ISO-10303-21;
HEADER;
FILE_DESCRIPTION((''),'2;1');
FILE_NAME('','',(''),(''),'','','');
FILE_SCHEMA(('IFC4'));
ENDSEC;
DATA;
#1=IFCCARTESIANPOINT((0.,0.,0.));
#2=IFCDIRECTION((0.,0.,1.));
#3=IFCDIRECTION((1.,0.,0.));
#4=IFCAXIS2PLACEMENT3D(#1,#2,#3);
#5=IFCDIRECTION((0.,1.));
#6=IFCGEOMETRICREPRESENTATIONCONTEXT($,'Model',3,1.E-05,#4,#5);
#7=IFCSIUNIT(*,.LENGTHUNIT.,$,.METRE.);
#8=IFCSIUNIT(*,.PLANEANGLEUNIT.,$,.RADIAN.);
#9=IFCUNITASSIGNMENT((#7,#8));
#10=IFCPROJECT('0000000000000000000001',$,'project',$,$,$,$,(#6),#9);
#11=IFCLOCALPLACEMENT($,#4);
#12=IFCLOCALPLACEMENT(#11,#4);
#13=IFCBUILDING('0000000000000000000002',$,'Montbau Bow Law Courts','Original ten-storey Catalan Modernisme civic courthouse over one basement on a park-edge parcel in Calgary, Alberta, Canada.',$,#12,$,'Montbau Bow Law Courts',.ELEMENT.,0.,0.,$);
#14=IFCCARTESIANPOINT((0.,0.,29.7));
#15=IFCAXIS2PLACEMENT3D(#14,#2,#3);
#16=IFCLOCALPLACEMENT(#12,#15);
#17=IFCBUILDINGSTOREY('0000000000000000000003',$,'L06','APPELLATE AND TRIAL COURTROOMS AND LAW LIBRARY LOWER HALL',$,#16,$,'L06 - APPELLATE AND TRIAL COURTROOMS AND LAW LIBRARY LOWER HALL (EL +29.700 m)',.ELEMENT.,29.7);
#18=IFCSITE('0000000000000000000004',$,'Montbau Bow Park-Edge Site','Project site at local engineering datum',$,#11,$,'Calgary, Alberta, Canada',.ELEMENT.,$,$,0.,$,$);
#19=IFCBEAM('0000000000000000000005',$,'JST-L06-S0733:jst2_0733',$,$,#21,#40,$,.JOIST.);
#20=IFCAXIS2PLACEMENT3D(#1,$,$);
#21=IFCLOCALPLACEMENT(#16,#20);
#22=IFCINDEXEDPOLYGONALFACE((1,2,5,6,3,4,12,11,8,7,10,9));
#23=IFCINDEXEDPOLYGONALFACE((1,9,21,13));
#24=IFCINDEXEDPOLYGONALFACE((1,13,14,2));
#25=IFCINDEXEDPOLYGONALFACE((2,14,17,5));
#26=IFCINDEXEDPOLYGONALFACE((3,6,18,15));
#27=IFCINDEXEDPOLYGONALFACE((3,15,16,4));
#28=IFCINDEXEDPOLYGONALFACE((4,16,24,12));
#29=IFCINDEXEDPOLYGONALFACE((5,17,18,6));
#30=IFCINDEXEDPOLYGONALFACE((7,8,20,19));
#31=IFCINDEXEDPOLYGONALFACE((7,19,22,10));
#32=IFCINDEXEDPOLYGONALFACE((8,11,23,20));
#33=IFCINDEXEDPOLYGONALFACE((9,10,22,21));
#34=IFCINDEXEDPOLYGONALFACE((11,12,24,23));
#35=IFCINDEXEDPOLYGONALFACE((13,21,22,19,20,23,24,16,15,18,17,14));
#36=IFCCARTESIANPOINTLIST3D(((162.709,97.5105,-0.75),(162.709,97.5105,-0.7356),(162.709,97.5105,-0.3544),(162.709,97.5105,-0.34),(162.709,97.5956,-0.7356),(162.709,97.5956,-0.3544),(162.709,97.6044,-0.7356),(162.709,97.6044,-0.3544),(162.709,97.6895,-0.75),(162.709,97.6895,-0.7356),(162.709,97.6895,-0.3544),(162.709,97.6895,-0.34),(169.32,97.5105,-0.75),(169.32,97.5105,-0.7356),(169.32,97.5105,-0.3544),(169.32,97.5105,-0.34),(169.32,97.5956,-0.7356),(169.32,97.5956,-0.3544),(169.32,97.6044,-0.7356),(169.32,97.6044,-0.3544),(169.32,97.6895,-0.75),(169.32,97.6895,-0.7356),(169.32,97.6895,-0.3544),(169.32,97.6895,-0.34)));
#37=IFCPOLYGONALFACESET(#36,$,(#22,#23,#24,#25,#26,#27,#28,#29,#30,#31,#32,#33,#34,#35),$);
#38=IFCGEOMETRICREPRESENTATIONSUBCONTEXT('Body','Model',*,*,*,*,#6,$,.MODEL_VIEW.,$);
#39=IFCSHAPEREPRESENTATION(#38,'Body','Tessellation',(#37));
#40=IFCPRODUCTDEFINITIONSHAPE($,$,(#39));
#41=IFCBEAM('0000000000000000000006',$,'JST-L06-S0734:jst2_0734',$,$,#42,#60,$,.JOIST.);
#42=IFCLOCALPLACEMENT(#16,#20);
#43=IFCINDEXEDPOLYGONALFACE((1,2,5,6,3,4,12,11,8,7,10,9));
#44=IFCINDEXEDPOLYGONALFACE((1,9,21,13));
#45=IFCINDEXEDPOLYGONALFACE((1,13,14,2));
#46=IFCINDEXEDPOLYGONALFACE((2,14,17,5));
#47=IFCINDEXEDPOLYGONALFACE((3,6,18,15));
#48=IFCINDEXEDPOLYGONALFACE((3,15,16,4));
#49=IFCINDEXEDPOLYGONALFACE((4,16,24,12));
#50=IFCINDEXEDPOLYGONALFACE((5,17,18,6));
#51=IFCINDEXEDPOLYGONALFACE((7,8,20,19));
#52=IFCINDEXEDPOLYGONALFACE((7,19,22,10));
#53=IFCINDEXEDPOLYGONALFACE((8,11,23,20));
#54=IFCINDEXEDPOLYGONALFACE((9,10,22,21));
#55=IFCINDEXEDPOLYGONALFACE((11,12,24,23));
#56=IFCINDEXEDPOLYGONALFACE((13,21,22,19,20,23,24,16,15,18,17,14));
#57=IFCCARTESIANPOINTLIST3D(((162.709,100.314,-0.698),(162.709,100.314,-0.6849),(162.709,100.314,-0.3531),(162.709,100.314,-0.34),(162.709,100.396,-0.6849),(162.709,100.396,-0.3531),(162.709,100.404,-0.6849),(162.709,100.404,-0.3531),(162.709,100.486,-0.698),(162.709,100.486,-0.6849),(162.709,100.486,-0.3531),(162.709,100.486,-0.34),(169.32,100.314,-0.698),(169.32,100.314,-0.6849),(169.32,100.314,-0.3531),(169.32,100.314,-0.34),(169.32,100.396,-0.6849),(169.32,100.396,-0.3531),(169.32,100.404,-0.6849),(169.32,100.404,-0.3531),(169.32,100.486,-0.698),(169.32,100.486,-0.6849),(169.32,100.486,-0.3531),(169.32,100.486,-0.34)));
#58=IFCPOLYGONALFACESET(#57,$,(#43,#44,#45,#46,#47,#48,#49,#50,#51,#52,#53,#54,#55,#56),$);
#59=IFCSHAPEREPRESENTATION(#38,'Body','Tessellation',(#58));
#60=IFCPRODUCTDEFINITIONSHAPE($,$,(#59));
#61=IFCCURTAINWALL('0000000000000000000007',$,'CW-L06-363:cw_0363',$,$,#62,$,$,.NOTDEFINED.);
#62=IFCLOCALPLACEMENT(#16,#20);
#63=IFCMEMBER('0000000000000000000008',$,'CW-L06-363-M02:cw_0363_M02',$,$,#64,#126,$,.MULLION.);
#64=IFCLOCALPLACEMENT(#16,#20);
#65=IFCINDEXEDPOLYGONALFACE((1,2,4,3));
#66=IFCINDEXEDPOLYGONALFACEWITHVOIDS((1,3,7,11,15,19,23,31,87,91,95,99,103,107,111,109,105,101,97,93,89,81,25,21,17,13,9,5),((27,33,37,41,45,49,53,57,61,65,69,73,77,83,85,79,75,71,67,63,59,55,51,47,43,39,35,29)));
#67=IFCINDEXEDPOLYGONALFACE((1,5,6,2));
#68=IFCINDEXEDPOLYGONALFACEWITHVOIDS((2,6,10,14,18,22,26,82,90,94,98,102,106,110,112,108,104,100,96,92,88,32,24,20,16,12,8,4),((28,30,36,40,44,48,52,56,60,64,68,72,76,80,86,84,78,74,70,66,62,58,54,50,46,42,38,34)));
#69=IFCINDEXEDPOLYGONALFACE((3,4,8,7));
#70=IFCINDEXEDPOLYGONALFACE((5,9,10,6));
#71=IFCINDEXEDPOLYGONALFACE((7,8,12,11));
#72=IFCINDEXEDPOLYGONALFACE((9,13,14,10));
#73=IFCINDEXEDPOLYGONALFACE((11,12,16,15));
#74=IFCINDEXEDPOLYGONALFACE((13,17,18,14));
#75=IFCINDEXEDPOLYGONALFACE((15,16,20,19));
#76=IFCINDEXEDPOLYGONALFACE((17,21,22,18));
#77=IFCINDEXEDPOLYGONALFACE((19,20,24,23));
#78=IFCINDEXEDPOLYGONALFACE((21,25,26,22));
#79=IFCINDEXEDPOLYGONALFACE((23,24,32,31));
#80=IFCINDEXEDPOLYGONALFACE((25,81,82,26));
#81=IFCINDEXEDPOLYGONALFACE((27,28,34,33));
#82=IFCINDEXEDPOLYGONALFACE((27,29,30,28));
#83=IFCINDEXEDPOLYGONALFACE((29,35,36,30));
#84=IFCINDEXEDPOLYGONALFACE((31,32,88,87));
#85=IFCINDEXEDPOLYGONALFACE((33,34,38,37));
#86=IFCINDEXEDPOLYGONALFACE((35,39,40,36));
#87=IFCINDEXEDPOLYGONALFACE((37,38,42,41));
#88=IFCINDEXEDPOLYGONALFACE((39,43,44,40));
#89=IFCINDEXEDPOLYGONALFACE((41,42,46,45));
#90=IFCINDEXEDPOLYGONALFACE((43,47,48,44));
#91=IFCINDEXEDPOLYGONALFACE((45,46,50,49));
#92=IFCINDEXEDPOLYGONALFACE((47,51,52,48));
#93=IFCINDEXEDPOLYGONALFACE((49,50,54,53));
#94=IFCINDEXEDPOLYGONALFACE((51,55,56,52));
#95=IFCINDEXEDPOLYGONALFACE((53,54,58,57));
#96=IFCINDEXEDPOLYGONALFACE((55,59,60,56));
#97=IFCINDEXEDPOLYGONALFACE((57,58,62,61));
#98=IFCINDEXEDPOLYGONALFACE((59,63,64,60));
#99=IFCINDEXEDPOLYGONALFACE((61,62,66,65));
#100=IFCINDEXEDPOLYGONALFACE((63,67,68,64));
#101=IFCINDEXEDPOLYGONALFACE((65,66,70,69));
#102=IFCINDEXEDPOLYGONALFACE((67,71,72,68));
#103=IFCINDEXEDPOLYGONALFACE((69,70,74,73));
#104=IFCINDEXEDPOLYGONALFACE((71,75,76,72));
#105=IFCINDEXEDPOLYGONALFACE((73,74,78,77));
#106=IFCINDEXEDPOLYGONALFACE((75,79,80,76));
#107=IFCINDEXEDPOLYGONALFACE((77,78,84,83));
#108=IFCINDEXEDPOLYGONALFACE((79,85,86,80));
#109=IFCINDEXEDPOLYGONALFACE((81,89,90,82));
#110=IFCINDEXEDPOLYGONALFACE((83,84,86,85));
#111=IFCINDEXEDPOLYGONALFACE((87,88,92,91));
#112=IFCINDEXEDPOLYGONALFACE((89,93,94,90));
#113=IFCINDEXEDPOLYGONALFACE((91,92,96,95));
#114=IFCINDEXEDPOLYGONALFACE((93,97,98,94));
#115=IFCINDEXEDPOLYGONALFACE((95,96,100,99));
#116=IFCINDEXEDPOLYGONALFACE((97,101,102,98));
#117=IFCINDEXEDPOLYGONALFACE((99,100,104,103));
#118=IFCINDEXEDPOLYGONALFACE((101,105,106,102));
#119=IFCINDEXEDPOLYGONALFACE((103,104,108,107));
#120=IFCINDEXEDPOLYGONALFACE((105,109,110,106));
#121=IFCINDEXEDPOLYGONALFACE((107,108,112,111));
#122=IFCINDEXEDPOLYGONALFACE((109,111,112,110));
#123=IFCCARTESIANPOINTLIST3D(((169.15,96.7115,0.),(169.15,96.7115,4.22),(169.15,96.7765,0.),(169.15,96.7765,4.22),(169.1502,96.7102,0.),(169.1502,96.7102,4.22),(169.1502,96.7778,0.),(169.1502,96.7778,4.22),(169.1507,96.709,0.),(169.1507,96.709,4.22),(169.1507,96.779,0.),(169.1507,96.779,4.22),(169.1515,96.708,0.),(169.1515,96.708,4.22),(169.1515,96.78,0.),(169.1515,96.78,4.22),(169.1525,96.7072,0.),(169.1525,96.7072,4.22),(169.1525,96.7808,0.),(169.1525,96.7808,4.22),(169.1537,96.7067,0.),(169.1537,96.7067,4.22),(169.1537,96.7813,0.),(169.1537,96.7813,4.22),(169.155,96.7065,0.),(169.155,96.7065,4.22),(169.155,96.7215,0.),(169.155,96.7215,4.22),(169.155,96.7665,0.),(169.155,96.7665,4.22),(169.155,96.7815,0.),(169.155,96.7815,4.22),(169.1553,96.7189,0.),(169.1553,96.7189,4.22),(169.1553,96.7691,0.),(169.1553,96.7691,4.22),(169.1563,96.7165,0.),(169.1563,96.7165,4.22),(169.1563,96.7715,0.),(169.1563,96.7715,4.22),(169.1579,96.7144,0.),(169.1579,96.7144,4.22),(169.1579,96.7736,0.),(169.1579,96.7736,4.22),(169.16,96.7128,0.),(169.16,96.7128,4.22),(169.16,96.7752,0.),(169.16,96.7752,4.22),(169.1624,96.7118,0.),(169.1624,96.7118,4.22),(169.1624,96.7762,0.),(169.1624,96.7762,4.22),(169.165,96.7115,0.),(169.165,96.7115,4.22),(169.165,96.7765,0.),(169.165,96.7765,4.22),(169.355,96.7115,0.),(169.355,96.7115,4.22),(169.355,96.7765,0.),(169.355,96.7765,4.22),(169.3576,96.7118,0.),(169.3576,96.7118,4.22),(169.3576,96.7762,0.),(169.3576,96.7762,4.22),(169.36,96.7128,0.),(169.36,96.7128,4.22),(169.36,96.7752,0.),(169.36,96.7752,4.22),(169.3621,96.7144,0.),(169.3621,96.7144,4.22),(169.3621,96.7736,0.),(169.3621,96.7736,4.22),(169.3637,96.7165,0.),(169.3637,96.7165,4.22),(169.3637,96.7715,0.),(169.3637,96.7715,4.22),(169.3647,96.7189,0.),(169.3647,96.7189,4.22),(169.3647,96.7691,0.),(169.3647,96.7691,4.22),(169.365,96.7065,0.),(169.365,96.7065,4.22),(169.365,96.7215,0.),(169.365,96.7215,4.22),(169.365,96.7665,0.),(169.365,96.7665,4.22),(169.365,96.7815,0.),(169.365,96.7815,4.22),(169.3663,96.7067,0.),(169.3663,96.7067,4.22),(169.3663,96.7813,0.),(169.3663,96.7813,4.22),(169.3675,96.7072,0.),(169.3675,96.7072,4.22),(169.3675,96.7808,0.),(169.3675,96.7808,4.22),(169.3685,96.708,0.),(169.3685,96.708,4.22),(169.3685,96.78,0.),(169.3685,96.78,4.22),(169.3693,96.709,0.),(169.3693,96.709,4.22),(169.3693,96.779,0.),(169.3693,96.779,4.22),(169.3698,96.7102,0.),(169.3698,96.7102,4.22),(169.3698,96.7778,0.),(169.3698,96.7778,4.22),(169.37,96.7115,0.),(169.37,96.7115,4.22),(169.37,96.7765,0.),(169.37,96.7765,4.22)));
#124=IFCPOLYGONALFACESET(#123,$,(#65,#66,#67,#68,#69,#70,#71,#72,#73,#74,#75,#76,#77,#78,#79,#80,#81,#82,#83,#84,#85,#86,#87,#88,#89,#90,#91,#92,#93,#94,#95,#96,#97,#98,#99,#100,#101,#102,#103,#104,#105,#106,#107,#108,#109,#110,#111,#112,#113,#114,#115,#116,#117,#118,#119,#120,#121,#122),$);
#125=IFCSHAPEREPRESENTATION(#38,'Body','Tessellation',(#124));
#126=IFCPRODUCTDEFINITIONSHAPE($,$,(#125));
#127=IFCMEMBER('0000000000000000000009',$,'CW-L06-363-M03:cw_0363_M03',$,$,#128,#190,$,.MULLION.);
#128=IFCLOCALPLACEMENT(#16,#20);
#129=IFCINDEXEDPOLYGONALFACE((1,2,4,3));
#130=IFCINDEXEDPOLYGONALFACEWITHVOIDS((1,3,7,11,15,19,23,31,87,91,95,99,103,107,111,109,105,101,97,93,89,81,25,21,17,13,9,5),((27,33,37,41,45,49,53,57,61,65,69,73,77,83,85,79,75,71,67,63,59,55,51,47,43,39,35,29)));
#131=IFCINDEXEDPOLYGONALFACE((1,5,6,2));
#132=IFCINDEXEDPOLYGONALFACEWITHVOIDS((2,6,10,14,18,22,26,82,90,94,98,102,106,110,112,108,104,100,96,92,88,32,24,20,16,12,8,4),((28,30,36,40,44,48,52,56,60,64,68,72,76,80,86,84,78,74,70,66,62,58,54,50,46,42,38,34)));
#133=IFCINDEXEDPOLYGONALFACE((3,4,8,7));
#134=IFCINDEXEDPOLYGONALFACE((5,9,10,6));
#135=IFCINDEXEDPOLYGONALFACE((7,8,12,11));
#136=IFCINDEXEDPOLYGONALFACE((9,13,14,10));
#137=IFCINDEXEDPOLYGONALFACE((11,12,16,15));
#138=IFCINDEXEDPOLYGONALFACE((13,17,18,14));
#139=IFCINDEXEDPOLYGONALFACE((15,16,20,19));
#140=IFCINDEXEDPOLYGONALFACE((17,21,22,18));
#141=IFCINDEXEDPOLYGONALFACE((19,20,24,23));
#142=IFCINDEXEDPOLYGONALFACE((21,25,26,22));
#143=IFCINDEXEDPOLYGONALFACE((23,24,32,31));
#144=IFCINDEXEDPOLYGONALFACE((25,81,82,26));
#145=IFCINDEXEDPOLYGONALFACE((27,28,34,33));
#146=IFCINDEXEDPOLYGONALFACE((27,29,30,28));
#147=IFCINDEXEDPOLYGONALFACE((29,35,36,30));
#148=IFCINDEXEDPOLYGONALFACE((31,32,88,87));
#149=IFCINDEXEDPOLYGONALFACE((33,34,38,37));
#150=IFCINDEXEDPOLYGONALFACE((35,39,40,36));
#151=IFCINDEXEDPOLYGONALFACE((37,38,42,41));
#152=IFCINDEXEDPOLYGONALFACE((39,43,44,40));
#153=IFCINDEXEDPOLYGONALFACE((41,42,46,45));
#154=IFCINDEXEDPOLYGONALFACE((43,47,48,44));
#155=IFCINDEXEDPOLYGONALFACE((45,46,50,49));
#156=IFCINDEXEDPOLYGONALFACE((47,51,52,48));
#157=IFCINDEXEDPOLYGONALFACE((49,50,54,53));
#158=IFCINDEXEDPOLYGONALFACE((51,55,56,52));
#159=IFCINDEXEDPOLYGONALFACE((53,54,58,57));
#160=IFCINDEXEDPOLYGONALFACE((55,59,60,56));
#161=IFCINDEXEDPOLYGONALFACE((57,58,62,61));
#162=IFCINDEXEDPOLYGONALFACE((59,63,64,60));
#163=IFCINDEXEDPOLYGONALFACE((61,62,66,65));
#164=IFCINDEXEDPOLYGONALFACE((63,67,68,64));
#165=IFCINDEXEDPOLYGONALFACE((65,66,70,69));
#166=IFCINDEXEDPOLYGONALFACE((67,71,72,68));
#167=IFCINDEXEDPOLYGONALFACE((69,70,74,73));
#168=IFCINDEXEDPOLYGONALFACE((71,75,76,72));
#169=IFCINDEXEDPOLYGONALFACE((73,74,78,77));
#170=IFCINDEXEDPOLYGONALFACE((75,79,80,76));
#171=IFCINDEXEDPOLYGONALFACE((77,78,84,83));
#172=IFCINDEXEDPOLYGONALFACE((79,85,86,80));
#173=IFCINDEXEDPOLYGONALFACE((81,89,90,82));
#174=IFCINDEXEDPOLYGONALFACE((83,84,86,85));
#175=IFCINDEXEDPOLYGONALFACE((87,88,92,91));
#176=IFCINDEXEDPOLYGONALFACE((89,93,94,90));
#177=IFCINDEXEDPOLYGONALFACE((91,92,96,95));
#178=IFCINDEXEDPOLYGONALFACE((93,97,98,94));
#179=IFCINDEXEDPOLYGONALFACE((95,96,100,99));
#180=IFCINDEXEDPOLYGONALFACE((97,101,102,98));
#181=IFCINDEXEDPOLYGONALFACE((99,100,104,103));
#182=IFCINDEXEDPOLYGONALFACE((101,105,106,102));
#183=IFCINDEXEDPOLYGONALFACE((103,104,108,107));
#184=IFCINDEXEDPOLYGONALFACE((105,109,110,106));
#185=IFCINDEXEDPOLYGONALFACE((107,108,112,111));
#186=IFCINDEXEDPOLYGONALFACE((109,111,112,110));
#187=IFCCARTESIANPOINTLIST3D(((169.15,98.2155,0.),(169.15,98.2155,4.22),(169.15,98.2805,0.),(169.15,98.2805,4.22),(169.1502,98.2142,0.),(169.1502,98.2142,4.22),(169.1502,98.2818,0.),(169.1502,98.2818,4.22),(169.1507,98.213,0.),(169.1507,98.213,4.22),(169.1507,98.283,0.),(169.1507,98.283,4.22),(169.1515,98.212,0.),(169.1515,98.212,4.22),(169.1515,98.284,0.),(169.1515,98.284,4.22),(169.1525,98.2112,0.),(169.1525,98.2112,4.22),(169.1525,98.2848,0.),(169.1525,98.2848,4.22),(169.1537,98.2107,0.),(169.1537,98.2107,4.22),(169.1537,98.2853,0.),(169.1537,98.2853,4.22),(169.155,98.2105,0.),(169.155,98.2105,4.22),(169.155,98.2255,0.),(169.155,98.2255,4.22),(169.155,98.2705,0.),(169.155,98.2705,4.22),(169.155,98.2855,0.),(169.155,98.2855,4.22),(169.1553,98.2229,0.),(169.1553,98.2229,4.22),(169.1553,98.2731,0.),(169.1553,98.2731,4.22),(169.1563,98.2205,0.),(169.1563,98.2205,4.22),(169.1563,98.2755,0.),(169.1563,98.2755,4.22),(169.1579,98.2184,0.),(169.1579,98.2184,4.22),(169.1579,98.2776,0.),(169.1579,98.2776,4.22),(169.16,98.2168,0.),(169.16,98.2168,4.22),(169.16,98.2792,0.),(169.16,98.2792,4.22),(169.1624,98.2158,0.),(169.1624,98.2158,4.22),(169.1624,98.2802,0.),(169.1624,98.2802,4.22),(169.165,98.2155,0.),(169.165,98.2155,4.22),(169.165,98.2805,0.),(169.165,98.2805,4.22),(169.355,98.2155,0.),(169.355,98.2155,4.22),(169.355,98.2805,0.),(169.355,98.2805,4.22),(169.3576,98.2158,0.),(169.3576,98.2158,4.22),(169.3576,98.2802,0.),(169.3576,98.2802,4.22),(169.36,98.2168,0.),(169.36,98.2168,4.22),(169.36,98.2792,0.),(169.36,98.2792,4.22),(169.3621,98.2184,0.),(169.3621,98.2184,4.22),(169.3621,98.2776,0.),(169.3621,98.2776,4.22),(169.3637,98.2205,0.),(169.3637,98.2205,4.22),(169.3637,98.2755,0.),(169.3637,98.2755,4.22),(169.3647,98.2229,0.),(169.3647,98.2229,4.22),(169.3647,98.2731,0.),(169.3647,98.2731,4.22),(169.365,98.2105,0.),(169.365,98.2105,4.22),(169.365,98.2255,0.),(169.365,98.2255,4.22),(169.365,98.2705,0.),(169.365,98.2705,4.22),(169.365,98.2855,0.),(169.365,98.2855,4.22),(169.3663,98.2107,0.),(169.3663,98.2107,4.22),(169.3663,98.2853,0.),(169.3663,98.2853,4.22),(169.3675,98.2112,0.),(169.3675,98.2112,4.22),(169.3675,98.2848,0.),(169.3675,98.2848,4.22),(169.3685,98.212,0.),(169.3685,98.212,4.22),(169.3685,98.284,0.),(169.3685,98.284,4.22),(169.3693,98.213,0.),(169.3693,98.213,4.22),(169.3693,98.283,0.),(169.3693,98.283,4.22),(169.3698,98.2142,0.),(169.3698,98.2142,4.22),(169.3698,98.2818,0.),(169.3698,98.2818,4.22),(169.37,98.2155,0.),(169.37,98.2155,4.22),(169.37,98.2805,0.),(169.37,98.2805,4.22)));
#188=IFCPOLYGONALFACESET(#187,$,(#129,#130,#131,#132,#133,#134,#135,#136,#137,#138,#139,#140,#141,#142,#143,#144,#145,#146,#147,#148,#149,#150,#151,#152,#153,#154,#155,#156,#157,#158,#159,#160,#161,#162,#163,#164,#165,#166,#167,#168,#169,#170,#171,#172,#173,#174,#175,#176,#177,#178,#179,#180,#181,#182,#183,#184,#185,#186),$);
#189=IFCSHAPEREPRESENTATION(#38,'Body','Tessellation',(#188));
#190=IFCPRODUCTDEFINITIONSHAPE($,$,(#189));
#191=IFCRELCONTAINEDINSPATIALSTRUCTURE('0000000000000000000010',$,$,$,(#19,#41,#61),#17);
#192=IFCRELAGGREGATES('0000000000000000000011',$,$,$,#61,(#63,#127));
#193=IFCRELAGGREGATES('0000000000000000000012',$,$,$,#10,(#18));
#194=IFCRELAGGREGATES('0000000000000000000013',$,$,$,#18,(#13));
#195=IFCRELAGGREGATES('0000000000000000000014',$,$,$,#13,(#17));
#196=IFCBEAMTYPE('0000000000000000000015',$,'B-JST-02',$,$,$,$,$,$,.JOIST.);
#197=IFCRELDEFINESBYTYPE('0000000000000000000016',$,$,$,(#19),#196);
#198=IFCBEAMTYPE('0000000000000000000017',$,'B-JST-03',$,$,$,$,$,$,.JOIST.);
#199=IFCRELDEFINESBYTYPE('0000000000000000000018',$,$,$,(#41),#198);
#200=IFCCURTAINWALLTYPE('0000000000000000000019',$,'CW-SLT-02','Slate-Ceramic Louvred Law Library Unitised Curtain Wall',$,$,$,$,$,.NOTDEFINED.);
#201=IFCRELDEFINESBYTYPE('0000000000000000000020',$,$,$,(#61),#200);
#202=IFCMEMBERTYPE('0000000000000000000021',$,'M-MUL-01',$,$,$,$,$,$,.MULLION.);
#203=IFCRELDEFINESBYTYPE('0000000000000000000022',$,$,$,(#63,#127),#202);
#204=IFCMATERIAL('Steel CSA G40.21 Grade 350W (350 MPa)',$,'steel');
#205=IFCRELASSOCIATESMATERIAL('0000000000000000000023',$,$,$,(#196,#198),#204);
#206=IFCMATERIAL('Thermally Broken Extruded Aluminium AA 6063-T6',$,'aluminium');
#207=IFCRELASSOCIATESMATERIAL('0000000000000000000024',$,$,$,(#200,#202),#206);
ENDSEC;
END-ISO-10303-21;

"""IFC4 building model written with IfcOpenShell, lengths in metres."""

from ifc_helpers import new_model, si_unit, direction, frame, origin_with_axes, origin_2d_with_axis, place, context, subcontext, project, spatial, hollow_rectangle, i_section, extrude, material, material_profile, profile_set, type_object, element, aggregate, save


model = new_model("IFC4")

# Units and contexts
model_context = context("Model", 3, precision=1e-05, world=origin_with_axes(), true_north=direction((0.0, 1.0)))
body_context = subcontext(model_context, "Body", "Model", "MODEL_VIEW")
ifc_project = project(units=[si_unit("LENGTHUNIT", "METRE"), si_unit("PLANEANGLEUNIT", "RADIAN")], contexts=[model_context])

# Site, building, storey
site_placement = place(None, origin_with_axes())
site = spatial("IfcSite", under=ifc_project, at=site_placement, Name="Montbau Bow Park-Edge Site", Description="Project site at local engineering datum", LongName="Calgary, Alberta, Canada", CompositionType="ELEMENT", RefElevation=0.0)
building_placement = place(site_placement, origin_with_axes())
building = spatial("IfcBuilding", under=site, at=building_placement, Name="Montbau Bow Law Courts", Description="Original ten-storey Catalan Modernisme civic courthouse over one basement on a park-edge parcel in Calgary, Alberta, Canada.", LongName="Montbau Bow Law Courts", CompositionType="ELEMENT", ElevationOfRefHeight=0.0, ElevationOfTerrain=0.0)
storey_placement = place(building_placement, frame((0.0, 0.0, 29.7), z_axis=(0.0, 0.0, 1.0), x_axis=(1.0, 0.0, 0.0)))
storey = spatial("IfcBuildingStorey", under=building, at=storey_placement, Name="L06", Description="APPELLATE AND TRIAL COURTROOMS AND LAW LIBRARY LOWER HALL", LongName="L06 - APPELLATE AND TRIAL COURTROOMS AND LAW LIBRARY LOWER HALL (EL +29.700 m)", CompositionType="ELEMENT", Elevation=29.7)

# Beams
ifc_material_1 = material(Name="Steel CSA G40.21 Grade 350W (350 MPa)", Category="steel")
ifc_material_profile_1 = material_profile(ifc_material_1, i_section(OverallWidth=0.179, OverallDepth=0.41, WebThickness=0.0088, FlangeThickness=0.0144, at=origin_2d_with_axis()), Name="W410X67", Category="Main", Priority=0)
ifc_profile_set_1 = profile_set([ifc_material_profile_1], Name="Steel CSA G40.21 Grade 350W (350 MPa)")
beam_type_1 = type_object("IfcBeamType", Name="B-JST-02", PredefinedType="JOIST", material=ifc_profile_set_1)
beam_1_placement = place(None, frame((162.709, 97.6, 29.155), z_axis=(1.0, 0.0, 0.0), x_axis=(0.0, 1.0, 0.0)))
element("IfcBeam", 1, at=beam_1_placement, inside=storey, type_object=beam_type_1, Name="JST-L06-S0733:jst2_0733", PredefinedType="JOIST", context=body_context, shape_type="SweptSolid", body=[
    extrude(i_section(OverallWidth=0.179, OverallDepth=0.41, WebThickness=0.0088, FlangeThickness=0.0144, at=origin_2d_with_axis()), origin_with_axes(), (0.0, 0.0, 1.0), 6.611),
])
ifc_material_profile_2 = material_profile(ifc_material_1, i_section(OverallWidth=0.172, OverallDepth=0.358, WebThickness=0.0079, FlangeThickness=0.0131, at=origin_2d_with_axis()), Name="W360X57", Category="Main", Priority=0)
ifc_profile_set_2 = profile_set([ifc_material_profile_2], Name="Steel CSA G40.21 Grade 350W (350 MPa)")
beam_type_2 = type_object("IfcBeamType", Name="B-JST-03", PredefinedType="JOIST", material=ifc_profile_set_2)
beam_2_placement = place(None, frame((162.709, 100.4, 29.181), z_axis=(1.0, 0.0, 0.0), x_axis=(0.0, 1.0, 0.0)))
element("IfcBeam", 2, at=beam_2_placement, inside=storey, type_object=beam_type_2, Name="JST-L06-S0734:jst2_0734", PredefinedType="JOIST", context=body_context, shape_type="SweptSolid", body=[
    extrude(i_section(OverallWidth=0.172, OverallDepth=0.358, WebThickness=0.0079, FlangeThickness=0.0131, at=origin_2d_with_axis()), origin_with_axes(), (0.0, 0.0, 1.0), 6.611),
])

# Curtain wall, members
ifc_material_2 = material(Name="Thermally Broken Extruded Aluminium AA 6063-T6", Category="aluminium")
curtain_wall_type = type_object("IfcCurtainWallType", Name="CW-SLT-02", Description="Slate-Ceramic Louvred Law Library Unitised Curtain Wall", PredefinedType="NOTDEFINED", material=ifc_material_2)
curtain_wall_placement = place(None, frame((169.26, 95.24, 29.7), z_axis=(0.0, 0.0, 1.0), x_axis=(1.0, 0.0, 0.0)))
curtain_wall = element("IfcCurtainWall", 3, at=curtain_wall_placement, inside=storey, type_object=curtain_wall_type, Name="CW-L06-363:cw_0363", PredefinedType="NOTDEFINED")
ifc_material_profile_3 = material_profile(ifc_material_2, hollow_rectangle(XDim=0.075, YDim=0.22, WallThickness=0.005, InnerFilletRadius=0.01, OuterFilletRadius=0.005, at=origin_2d_with_axis()), Name="CWM-220X75", Category="Main", Priority=0)
ifc_profile_set_3 = profile_set([ifc_material_profile_3], Name="Thermally Broken Extruded Aluminium AA 6063-T6")
member_type_1 = type_object("IfcMemberType", Name="M-MUL-01", PredefinedType="MULLION", material=ifc_profile_set_3)
member_1_placement = place(None, frame((169.26, 96.744, 29.7), z_axis=(0.0, 0.0, 1.0), x_axis=(0.0, 1.0, 0.0)))
member_1 = element("IfcMember", 4, at=member_1_placement, type_object=member_type_1, Name="CW-L06-363-M02:cw_0363_M02", PredefinedType="MULLION", context=body_context, shape_type="SweptSolid", body=[
    extrude(hollow_rectangle(XDim=0.075, YDim=0.22, WallThickness=0.005, InnerFilletRadius=0.01, OuterFilletRadius=0.005, at=origin_2d_with_axis()), origin_with_axes(), (0.0, 0.0, 1.0), 4.22),
])
member_2_placement = place(None, frame((169.26, 98.248, 29.7), z_axis=(0.0, 0.0, 1.0), x_axis=(0.0, 1.0, 0.0)))
member_2 = element("IfcMember", 5, at=member_2_placement, type_object=member_type_1, Name="CW-L06-363-M03:cw_0363_M03", PredefinedType="MULLION", context=body_context, shape_type="SweptSolid", body=[
    extrude(hollow_rectangle(XDim=0.075, YDim=0.22, WallThickness=0.005, InnerFilletRadius=0.01, OuterFilletRadius=0.005, at=origin_2d_with_axis()), origin_with_axes(), (0.0, 0.0, 1.0), 4.22),
])
aggregate(curtain_wall, [member_1, member_2])

save(model, "model.ifc")
